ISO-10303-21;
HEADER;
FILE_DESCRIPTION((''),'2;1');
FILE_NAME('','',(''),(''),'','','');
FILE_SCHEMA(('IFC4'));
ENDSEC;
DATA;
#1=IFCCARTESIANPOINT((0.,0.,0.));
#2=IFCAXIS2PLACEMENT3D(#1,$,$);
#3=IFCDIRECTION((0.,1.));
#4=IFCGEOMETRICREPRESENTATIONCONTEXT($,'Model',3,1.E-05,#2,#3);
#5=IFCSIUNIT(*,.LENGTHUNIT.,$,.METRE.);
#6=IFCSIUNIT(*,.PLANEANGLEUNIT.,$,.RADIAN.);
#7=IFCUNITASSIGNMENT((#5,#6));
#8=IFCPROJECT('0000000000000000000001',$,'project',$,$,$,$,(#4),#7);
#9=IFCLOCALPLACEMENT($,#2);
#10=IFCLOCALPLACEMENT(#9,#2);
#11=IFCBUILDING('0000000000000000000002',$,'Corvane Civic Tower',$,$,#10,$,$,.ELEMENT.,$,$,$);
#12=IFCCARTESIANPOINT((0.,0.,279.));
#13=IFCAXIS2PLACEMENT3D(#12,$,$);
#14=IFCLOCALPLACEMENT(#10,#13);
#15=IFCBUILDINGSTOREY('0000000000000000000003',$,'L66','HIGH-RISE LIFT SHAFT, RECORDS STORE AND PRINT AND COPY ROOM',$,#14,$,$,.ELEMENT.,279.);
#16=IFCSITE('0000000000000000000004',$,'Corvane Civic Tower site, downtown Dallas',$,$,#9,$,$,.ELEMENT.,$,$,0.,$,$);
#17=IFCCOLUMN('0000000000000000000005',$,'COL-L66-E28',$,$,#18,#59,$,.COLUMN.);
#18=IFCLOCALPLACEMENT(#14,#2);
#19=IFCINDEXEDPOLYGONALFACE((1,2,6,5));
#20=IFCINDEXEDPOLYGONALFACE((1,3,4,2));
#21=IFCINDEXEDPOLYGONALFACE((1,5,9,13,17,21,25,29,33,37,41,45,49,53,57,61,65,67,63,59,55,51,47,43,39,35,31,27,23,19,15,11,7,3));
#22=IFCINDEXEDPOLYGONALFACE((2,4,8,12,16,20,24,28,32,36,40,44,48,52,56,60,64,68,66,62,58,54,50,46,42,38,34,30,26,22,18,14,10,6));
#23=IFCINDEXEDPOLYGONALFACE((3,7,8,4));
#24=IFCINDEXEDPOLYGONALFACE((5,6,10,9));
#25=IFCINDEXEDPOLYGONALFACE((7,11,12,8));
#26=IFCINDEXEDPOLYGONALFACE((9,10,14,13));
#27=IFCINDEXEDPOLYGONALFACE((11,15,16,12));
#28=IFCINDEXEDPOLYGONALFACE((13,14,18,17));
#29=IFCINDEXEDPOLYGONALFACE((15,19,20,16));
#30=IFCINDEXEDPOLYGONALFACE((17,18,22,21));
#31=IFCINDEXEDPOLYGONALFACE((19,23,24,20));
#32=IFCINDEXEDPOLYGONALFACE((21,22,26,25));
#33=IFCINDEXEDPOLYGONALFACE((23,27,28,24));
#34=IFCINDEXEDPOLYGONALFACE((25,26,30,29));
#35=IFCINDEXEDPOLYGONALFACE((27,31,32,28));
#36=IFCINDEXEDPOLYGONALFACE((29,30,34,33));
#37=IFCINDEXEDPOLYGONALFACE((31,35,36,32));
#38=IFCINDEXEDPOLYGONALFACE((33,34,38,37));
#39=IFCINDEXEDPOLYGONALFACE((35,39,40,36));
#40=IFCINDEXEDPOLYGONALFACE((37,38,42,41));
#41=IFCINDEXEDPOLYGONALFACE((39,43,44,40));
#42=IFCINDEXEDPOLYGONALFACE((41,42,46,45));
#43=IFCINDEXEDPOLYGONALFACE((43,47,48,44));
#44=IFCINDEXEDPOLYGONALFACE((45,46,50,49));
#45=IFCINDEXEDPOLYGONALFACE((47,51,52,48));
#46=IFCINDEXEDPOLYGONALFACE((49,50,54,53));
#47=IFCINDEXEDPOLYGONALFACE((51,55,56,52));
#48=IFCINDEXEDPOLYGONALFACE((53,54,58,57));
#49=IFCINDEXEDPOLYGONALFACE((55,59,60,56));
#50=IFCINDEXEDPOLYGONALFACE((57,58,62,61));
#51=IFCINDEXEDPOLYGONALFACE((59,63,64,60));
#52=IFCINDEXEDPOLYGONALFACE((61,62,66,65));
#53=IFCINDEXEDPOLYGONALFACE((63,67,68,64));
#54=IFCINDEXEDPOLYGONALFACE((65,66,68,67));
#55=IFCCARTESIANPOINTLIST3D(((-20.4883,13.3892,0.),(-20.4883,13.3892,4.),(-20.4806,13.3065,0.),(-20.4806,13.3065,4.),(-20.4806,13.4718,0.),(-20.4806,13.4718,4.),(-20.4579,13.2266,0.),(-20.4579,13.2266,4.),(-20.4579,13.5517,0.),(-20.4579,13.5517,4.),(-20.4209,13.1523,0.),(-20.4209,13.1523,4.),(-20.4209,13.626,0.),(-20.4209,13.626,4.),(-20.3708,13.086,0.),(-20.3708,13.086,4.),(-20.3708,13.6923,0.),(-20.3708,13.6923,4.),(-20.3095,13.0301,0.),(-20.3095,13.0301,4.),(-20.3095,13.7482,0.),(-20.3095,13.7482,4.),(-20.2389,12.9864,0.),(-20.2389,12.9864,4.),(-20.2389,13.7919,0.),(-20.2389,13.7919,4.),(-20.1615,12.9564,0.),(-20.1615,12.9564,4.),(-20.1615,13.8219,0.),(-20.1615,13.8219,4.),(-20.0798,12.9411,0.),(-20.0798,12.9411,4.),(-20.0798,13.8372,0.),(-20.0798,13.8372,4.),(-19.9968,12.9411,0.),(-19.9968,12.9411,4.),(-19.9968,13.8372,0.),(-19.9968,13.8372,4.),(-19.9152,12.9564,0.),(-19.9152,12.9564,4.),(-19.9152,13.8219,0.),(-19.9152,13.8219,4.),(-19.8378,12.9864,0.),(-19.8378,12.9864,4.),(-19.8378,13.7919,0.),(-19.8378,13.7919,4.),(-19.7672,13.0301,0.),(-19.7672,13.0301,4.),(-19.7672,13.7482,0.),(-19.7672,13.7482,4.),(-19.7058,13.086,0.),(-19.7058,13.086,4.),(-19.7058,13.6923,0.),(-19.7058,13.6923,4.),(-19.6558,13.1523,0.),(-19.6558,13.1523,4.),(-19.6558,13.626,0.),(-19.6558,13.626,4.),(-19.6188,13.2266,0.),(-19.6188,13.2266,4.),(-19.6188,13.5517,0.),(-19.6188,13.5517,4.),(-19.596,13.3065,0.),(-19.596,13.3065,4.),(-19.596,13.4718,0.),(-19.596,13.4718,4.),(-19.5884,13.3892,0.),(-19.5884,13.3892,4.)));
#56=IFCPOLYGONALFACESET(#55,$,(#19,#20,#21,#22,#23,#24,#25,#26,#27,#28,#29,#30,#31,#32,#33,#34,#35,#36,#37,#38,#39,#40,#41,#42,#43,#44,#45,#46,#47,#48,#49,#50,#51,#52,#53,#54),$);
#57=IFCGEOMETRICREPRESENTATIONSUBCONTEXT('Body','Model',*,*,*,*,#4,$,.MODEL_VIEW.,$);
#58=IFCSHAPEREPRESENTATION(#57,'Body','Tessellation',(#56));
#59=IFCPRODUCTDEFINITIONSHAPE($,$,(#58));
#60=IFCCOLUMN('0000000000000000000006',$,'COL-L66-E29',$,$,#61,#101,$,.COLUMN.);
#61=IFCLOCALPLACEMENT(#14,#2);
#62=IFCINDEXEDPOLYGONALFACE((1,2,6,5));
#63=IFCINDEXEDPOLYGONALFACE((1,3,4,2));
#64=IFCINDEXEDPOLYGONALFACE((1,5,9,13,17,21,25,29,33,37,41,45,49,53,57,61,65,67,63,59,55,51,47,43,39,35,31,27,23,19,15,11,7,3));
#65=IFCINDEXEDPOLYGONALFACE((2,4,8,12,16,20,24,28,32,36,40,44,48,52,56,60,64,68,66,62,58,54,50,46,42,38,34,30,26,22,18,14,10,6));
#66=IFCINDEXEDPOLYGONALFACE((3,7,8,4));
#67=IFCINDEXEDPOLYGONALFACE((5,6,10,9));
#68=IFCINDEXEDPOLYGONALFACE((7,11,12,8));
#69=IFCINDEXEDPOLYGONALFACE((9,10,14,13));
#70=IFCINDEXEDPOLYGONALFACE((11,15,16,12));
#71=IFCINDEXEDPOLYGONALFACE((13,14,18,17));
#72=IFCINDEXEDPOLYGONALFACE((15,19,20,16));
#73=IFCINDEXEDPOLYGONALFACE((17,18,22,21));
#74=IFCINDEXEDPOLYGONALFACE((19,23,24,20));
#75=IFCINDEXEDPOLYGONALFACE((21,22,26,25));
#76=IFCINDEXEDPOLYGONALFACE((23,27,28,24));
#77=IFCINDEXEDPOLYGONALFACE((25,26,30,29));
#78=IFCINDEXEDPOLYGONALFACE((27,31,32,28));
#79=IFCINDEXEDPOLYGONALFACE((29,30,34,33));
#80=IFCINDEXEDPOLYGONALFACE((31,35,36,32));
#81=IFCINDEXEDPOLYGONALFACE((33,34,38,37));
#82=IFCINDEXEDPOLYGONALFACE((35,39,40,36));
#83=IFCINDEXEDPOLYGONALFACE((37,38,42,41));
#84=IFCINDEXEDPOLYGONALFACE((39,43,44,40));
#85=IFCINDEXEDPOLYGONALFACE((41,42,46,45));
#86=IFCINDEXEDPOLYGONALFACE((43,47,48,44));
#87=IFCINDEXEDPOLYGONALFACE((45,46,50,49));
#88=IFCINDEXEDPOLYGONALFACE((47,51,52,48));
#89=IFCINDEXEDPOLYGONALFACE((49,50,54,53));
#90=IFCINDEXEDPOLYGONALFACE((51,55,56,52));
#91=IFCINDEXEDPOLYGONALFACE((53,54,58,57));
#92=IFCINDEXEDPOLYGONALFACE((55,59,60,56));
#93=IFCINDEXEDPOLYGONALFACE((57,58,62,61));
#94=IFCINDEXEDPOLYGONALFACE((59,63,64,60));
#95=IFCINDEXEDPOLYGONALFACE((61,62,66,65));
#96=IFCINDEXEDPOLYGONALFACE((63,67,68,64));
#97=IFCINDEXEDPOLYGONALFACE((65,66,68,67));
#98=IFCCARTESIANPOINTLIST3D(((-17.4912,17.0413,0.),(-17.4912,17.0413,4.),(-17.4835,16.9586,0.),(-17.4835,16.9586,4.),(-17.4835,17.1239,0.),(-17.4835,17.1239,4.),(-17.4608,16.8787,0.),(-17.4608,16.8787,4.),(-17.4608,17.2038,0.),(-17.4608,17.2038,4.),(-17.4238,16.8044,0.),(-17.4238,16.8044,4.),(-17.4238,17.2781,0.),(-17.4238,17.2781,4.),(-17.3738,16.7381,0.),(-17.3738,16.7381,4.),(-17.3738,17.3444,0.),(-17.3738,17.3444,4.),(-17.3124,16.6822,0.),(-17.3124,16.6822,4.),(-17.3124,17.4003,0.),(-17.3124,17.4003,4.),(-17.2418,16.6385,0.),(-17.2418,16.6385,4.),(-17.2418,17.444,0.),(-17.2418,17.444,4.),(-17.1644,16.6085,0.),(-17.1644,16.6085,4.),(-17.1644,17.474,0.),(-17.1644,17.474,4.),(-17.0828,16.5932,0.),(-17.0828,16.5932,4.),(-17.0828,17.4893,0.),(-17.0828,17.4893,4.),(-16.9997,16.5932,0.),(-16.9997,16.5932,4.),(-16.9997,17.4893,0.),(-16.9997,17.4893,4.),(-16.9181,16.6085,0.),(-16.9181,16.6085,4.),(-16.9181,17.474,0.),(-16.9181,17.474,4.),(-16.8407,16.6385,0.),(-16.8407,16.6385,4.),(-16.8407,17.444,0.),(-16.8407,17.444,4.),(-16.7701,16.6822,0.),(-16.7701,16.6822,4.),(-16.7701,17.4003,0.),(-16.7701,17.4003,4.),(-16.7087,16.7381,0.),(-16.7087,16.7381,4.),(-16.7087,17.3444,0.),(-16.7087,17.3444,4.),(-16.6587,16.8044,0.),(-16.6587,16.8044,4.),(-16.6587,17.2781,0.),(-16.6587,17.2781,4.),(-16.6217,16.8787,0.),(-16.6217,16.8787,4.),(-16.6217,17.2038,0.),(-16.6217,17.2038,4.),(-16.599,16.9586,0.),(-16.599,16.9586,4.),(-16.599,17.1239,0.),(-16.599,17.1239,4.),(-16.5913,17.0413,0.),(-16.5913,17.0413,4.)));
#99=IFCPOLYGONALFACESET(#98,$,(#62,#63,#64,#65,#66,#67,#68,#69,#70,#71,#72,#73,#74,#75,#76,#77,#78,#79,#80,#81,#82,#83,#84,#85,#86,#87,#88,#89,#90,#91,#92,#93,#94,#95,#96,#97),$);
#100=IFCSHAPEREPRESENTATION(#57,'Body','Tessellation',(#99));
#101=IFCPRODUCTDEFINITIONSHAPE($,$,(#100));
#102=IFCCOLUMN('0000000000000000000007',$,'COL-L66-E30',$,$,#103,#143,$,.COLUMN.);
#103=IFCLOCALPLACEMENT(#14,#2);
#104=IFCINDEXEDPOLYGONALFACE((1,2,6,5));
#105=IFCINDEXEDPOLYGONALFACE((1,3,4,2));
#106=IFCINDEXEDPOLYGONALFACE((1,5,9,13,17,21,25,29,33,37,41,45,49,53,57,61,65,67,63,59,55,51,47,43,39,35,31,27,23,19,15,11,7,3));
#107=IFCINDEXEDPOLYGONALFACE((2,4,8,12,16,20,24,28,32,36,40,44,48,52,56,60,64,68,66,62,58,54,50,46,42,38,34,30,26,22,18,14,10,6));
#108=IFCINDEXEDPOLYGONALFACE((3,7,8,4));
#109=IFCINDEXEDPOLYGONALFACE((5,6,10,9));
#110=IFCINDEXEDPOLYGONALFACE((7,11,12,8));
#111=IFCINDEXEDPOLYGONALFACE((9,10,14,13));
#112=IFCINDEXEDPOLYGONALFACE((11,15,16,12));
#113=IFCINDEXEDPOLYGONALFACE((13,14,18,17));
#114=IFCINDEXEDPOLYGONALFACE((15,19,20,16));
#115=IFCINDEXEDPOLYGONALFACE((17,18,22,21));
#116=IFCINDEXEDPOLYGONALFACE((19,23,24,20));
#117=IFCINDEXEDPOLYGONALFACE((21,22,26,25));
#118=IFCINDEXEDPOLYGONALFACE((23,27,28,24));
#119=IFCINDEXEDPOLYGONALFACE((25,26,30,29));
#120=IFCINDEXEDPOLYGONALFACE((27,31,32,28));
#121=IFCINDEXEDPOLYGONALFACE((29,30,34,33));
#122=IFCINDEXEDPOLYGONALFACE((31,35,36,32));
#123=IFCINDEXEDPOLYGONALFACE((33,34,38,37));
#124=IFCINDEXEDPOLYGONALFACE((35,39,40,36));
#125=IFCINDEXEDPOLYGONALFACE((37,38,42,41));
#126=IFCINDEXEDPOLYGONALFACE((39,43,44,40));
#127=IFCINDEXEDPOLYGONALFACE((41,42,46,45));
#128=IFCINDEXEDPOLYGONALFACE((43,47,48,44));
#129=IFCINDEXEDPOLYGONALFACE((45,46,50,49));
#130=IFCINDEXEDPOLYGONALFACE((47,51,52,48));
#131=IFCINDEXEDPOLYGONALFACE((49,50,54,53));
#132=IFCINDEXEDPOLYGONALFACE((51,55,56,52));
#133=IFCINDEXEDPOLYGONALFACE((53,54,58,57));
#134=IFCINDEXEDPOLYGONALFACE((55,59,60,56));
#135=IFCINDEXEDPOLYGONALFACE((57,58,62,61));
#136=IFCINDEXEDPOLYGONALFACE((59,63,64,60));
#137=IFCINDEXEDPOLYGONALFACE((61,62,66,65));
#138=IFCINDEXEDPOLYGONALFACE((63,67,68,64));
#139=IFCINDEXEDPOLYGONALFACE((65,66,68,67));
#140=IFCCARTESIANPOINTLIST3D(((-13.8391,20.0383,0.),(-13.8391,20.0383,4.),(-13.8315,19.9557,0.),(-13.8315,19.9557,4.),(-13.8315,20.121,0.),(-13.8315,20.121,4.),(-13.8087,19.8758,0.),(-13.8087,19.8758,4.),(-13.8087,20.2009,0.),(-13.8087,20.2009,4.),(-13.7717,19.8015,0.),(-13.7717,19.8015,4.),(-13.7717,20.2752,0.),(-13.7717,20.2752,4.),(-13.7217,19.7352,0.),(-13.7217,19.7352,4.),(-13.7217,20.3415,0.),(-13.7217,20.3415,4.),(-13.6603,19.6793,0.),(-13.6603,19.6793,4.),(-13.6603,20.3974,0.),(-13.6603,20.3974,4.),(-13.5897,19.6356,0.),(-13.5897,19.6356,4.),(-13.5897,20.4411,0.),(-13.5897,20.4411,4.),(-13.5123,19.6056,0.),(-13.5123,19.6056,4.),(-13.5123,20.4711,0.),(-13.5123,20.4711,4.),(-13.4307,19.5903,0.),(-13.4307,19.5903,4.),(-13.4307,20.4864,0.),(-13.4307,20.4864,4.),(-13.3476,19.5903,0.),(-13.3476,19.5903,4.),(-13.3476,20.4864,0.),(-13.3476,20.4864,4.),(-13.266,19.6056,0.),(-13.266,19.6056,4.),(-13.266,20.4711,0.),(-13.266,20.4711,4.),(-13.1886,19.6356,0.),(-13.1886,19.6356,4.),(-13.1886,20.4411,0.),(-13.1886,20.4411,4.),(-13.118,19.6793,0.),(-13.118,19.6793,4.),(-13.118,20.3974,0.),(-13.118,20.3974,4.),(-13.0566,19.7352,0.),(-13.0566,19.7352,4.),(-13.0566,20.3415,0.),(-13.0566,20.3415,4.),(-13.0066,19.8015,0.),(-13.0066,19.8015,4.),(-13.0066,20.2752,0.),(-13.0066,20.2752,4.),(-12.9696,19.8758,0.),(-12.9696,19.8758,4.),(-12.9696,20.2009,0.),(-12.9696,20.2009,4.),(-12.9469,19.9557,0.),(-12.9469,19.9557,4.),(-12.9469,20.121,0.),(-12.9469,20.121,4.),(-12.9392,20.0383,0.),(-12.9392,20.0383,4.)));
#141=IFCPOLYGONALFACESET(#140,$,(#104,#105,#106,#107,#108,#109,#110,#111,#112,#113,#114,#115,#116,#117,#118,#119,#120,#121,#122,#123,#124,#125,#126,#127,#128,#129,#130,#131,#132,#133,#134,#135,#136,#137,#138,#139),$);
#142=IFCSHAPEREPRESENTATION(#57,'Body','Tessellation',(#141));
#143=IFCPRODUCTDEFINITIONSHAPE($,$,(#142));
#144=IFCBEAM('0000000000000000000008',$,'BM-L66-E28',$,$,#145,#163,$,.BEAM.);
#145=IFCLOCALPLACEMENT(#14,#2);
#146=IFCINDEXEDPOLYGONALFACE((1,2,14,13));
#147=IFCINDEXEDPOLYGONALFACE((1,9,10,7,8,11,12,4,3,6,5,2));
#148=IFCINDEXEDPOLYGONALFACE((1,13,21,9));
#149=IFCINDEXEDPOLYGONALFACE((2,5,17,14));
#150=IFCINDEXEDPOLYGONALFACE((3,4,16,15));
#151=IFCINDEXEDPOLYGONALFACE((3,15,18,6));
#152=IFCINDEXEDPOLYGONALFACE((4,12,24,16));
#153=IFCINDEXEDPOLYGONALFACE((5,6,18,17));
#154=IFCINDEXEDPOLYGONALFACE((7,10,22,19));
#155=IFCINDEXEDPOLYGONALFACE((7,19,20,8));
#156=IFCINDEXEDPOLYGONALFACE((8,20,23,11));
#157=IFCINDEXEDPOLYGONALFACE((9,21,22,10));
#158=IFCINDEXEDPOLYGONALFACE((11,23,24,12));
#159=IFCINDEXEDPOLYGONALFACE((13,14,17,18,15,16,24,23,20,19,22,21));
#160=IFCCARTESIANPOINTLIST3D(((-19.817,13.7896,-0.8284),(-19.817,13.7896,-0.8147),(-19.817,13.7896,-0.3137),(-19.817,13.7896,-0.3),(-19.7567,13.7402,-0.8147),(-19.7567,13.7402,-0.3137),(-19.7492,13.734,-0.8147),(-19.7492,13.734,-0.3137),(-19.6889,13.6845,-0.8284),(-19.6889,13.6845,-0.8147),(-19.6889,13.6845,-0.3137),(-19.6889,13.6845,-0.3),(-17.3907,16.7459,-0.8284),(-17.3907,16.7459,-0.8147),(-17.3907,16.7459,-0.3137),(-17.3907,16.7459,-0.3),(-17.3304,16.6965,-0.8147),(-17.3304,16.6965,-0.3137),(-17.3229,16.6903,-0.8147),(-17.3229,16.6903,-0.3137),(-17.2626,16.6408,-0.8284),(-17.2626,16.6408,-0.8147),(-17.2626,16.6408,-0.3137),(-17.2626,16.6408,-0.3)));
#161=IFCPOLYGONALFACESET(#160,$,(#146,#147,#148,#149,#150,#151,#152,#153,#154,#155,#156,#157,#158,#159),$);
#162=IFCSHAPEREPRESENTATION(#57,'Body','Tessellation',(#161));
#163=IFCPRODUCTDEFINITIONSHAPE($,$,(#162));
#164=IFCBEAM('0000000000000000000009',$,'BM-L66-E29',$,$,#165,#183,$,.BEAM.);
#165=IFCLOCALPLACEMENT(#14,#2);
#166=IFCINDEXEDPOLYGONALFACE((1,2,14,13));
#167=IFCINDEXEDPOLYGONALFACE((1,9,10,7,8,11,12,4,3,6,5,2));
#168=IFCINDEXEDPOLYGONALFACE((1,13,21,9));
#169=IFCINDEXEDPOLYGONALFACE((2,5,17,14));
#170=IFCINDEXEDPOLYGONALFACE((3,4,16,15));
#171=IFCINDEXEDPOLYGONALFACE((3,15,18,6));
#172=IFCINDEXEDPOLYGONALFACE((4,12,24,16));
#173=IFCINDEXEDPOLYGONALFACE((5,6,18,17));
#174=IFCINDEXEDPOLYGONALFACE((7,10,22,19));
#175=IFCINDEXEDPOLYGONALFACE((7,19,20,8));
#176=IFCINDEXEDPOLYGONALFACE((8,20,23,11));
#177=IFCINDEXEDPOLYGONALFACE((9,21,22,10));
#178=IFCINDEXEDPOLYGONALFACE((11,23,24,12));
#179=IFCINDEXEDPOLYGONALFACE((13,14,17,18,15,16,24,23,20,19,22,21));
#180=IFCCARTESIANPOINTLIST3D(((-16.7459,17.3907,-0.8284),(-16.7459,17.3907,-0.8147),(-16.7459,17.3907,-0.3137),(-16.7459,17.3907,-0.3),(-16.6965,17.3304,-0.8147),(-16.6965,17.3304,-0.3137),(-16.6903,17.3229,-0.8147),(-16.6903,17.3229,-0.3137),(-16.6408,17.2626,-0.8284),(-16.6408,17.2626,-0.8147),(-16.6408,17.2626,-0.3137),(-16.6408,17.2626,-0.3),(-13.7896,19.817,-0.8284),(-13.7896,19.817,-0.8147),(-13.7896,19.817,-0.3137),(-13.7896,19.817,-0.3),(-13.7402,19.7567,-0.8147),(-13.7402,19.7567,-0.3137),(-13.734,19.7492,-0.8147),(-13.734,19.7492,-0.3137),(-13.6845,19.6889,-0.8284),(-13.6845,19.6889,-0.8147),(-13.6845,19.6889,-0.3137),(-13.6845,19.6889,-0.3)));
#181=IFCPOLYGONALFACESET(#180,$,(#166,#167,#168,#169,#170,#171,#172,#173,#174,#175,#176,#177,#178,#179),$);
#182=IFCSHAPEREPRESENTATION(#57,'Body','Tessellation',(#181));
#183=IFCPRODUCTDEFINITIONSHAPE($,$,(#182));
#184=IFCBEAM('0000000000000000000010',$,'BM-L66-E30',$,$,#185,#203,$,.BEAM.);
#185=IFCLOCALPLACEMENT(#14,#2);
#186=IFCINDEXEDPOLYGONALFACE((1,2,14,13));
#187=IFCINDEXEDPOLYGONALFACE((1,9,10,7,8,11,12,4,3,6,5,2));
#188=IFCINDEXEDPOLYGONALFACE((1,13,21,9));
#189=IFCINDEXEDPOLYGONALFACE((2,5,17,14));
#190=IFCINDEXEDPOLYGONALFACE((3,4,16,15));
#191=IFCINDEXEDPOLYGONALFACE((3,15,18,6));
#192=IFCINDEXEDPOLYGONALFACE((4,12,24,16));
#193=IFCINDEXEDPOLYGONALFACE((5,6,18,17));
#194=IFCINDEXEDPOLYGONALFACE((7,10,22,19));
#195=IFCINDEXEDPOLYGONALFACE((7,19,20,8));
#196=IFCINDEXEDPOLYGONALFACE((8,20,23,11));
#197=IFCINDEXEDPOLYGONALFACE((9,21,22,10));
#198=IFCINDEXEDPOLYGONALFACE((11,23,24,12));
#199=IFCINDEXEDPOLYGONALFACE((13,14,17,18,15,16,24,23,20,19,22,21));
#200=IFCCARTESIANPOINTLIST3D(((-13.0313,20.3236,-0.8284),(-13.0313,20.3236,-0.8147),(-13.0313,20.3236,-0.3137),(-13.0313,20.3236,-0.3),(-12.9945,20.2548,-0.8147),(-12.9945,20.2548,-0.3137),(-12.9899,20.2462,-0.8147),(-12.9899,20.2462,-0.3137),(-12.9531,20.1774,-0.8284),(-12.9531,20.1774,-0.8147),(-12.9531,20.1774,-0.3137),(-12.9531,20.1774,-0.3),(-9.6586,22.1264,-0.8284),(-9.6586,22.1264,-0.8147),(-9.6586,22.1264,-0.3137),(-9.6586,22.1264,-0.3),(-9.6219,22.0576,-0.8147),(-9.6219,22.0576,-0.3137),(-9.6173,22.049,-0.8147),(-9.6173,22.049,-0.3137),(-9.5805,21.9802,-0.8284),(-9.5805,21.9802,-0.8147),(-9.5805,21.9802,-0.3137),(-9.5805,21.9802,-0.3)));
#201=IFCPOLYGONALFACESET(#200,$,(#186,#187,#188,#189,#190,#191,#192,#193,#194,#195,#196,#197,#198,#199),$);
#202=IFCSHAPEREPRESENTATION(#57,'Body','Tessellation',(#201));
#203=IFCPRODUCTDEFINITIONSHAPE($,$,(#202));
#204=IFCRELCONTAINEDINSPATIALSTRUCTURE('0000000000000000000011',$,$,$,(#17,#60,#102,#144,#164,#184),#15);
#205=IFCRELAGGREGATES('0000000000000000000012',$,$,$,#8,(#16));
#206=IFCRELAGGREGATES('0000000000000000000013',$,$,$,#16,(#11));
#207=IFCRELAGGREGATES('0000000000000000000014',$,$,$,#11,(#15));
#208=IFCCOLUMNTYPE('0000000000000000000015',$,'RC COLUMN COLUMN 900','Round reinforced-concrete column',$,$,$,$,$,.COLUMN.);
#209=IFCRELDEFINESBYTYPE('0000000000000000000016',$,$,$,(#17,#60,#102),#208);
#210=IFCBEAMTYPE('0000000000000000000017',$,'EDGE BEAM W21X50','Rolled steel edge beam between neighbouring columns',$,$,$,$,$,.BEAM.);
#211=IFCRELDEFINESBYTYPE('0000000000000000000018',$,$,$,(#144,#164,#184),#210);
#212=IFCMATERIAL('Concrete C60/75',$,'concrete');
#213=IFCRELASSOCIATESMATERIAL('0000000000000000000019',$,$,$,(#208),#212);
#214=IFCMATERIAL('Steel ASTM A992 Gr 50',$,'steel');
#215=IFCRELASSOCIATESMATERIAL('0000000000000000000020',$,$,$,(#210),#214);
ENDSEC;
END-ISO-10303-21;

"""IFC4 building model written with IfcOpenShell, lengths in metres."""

from ifc_helpers import new_model, si_unit, direction, frame, origin, origin_2d, place, context, subcontext, project, spatial, circle, i_section, extrude, material, material_profile, profile_set, type_object, element, save


model = new_model("IFC4")

# Units and contexts
model_context = context("Model", 3, precision=1e-05, world=origin(), true_north=direction((0.0, 1.0)))
body_context = subcontext(model_context, "Body", "Model", "MODEL_VIEW")
ifc_project = project(units=[si_unit("LENGTHUNIT", "METRE"), si_unit("PLANEANGLEUNIT", "RADIAN")], contexts=[model_context])

# Site, building, storey
site_placement = place(None, origin())
site = spatial("IfcSite", under=ifc_project, at=site_placement, Name="Corvane Civic Tower site, downtown Dallas", CompositionType="ELEMENT", RefElevation=0.0)
building_placement = place(site_placement, origin())
building = spatial("IfcBuilding", under=site, at=building_placement, Name="Corvane Civic Tower", CompositionType="ELEMENT")
storey_placement = place(building_placement, frame((0.0, 0.0, 279.0)))
storey = spatial("IfcBuildingStorey", under=building, at=storey_placement, Name="L66", Description="HIGH-RISE LIFT SHAFT, RECORDS STORE AND PRINT AND COPY ROOM", CompositionType="ELEMENT", Elevation=279.0)

# Columns
ifc_material_1 = material(Name="Concrete C60/75", Category="concrete")
ifc_material_profile_1 = material_profile(ifc_material_1, circle(Radius=0.45, at=origin_2d()), Name="COLUMN 900")
ifc_profile_set_1 = profile_set([ifc_material_profile_1], Name="Concrete C60/75")
column_type = type_object("IfcColumnType", Name="RC COLUMN COLUMN 900", Description="Round reinforced-concrete column", PredefinedType="COLUMN", material=ifc_profile_set_1)
for number, where, z_axis, x_axis, name in (
    (1, (-20.0383, 13.3892, 0.0), (0.0, 0.0, 1.0), (1.0, 0.0, 0.0), "COL-L66-E28"),
    (2, (-17.0413, 17.0413, 0.0), (0.0, 0.0, 1.0), (1.0, 0.0, 0.0), "COL-L66-E29"),
    (3, (-13.3892, 20.0383, 0.0), (0.0, 0.0, 1.0), (1.0, 0.0, 0.0), "COL-L66-E30"),
):
    element("IfcColumn", number, at=place(storey_placement, frame(where, z_axis=z_axis, x_axis=x_axis)), inside=storey, type_object=column_type, Name=name, PredefinedType="COLUMN", context=body_context, shape_type="SweptSolid", body=[
        extrude(circle(Radius=0.45, at=origin_2d()), origin(), (0.0, 0.0, 1.0), 4.0),
    ])

# Beams
ifc_material_2 = material(Name="Steel ASTM A992 Gr 50", Category="steel")
ifc_material_profile_2 = material_profile(ifc_material_2, i_section(OverallWidth=0.1658, OverallDepth=0.5283, WebThickness=0.0098, FlangeThickness=0.0137, at=origin_2d()), Name="W21X50")
ifc_profile_set_2 = profile_set([ifc_material_profile_2], Name="Steel ASTM A992 Gr 50")
beam_type_1 = type_object("IfcBeamType", Name="EDGE BEAM W21X50", Description="Rolled steel edge beam between neighbouring columns", PredefinedType="BEAM", material=ifc_profile_set_2)
for number, where, z_axis, x_axis, name in (
    (4, (-19.7529, 13.7371, -0.5642), (0.634409, 0.772998, 0.0), (-0.772998, 0.634409, 0.0), "BM-L66-E28"),
    (5, (-16.6934, 17.3267, -0.5642), (0.772998, 0.634409, 0.0), (-0.634409, 0.772998, 0.0), "BM-L66-E29"),
):
    element("IfcBeam", number, at=place(storey_placement, frame(where, z_axis=z_axis, x_axis=x_axis)), inside=storey, type_object=beam_type_1, Name=name, PredefinedType="BEAM", context=body_context, shape_type="SweptSolid", body=[
        extrude(i_section(OverallWidth=0.1658, OverallDepth=0.5283, WebThickness=0.0098, FlangeThickness=0.0137, at=origin_2d()), origin(), (0.0, 0.0, 1.0), 3.8245),
    ])
beam_1_placement = place(storey_placement, frame((-12.9922, 20.2505, -0.5642), z_axis=(0.881914, 0.47141, 0.0), x_axis=(-0.47141, 0.881914, 0.0)))
element("IfcBeam", 6, at=beam_1_placement, inside=storey, type_object=beam_type_1, Name="BM-L66-E30", PredefinedType="BEAM", context=body_context, shape_type="SweptSolid", body=[
    extrude(i_section(OverallWidth=0.1658, OverallDepth=0.5283, WebThickness=0.0098, FlangeThickness=0.0137, at=origin_2d()), origin(), (0.0, 0.0, 1.0), 3.8242),
])

save(model, "model.ifc")
